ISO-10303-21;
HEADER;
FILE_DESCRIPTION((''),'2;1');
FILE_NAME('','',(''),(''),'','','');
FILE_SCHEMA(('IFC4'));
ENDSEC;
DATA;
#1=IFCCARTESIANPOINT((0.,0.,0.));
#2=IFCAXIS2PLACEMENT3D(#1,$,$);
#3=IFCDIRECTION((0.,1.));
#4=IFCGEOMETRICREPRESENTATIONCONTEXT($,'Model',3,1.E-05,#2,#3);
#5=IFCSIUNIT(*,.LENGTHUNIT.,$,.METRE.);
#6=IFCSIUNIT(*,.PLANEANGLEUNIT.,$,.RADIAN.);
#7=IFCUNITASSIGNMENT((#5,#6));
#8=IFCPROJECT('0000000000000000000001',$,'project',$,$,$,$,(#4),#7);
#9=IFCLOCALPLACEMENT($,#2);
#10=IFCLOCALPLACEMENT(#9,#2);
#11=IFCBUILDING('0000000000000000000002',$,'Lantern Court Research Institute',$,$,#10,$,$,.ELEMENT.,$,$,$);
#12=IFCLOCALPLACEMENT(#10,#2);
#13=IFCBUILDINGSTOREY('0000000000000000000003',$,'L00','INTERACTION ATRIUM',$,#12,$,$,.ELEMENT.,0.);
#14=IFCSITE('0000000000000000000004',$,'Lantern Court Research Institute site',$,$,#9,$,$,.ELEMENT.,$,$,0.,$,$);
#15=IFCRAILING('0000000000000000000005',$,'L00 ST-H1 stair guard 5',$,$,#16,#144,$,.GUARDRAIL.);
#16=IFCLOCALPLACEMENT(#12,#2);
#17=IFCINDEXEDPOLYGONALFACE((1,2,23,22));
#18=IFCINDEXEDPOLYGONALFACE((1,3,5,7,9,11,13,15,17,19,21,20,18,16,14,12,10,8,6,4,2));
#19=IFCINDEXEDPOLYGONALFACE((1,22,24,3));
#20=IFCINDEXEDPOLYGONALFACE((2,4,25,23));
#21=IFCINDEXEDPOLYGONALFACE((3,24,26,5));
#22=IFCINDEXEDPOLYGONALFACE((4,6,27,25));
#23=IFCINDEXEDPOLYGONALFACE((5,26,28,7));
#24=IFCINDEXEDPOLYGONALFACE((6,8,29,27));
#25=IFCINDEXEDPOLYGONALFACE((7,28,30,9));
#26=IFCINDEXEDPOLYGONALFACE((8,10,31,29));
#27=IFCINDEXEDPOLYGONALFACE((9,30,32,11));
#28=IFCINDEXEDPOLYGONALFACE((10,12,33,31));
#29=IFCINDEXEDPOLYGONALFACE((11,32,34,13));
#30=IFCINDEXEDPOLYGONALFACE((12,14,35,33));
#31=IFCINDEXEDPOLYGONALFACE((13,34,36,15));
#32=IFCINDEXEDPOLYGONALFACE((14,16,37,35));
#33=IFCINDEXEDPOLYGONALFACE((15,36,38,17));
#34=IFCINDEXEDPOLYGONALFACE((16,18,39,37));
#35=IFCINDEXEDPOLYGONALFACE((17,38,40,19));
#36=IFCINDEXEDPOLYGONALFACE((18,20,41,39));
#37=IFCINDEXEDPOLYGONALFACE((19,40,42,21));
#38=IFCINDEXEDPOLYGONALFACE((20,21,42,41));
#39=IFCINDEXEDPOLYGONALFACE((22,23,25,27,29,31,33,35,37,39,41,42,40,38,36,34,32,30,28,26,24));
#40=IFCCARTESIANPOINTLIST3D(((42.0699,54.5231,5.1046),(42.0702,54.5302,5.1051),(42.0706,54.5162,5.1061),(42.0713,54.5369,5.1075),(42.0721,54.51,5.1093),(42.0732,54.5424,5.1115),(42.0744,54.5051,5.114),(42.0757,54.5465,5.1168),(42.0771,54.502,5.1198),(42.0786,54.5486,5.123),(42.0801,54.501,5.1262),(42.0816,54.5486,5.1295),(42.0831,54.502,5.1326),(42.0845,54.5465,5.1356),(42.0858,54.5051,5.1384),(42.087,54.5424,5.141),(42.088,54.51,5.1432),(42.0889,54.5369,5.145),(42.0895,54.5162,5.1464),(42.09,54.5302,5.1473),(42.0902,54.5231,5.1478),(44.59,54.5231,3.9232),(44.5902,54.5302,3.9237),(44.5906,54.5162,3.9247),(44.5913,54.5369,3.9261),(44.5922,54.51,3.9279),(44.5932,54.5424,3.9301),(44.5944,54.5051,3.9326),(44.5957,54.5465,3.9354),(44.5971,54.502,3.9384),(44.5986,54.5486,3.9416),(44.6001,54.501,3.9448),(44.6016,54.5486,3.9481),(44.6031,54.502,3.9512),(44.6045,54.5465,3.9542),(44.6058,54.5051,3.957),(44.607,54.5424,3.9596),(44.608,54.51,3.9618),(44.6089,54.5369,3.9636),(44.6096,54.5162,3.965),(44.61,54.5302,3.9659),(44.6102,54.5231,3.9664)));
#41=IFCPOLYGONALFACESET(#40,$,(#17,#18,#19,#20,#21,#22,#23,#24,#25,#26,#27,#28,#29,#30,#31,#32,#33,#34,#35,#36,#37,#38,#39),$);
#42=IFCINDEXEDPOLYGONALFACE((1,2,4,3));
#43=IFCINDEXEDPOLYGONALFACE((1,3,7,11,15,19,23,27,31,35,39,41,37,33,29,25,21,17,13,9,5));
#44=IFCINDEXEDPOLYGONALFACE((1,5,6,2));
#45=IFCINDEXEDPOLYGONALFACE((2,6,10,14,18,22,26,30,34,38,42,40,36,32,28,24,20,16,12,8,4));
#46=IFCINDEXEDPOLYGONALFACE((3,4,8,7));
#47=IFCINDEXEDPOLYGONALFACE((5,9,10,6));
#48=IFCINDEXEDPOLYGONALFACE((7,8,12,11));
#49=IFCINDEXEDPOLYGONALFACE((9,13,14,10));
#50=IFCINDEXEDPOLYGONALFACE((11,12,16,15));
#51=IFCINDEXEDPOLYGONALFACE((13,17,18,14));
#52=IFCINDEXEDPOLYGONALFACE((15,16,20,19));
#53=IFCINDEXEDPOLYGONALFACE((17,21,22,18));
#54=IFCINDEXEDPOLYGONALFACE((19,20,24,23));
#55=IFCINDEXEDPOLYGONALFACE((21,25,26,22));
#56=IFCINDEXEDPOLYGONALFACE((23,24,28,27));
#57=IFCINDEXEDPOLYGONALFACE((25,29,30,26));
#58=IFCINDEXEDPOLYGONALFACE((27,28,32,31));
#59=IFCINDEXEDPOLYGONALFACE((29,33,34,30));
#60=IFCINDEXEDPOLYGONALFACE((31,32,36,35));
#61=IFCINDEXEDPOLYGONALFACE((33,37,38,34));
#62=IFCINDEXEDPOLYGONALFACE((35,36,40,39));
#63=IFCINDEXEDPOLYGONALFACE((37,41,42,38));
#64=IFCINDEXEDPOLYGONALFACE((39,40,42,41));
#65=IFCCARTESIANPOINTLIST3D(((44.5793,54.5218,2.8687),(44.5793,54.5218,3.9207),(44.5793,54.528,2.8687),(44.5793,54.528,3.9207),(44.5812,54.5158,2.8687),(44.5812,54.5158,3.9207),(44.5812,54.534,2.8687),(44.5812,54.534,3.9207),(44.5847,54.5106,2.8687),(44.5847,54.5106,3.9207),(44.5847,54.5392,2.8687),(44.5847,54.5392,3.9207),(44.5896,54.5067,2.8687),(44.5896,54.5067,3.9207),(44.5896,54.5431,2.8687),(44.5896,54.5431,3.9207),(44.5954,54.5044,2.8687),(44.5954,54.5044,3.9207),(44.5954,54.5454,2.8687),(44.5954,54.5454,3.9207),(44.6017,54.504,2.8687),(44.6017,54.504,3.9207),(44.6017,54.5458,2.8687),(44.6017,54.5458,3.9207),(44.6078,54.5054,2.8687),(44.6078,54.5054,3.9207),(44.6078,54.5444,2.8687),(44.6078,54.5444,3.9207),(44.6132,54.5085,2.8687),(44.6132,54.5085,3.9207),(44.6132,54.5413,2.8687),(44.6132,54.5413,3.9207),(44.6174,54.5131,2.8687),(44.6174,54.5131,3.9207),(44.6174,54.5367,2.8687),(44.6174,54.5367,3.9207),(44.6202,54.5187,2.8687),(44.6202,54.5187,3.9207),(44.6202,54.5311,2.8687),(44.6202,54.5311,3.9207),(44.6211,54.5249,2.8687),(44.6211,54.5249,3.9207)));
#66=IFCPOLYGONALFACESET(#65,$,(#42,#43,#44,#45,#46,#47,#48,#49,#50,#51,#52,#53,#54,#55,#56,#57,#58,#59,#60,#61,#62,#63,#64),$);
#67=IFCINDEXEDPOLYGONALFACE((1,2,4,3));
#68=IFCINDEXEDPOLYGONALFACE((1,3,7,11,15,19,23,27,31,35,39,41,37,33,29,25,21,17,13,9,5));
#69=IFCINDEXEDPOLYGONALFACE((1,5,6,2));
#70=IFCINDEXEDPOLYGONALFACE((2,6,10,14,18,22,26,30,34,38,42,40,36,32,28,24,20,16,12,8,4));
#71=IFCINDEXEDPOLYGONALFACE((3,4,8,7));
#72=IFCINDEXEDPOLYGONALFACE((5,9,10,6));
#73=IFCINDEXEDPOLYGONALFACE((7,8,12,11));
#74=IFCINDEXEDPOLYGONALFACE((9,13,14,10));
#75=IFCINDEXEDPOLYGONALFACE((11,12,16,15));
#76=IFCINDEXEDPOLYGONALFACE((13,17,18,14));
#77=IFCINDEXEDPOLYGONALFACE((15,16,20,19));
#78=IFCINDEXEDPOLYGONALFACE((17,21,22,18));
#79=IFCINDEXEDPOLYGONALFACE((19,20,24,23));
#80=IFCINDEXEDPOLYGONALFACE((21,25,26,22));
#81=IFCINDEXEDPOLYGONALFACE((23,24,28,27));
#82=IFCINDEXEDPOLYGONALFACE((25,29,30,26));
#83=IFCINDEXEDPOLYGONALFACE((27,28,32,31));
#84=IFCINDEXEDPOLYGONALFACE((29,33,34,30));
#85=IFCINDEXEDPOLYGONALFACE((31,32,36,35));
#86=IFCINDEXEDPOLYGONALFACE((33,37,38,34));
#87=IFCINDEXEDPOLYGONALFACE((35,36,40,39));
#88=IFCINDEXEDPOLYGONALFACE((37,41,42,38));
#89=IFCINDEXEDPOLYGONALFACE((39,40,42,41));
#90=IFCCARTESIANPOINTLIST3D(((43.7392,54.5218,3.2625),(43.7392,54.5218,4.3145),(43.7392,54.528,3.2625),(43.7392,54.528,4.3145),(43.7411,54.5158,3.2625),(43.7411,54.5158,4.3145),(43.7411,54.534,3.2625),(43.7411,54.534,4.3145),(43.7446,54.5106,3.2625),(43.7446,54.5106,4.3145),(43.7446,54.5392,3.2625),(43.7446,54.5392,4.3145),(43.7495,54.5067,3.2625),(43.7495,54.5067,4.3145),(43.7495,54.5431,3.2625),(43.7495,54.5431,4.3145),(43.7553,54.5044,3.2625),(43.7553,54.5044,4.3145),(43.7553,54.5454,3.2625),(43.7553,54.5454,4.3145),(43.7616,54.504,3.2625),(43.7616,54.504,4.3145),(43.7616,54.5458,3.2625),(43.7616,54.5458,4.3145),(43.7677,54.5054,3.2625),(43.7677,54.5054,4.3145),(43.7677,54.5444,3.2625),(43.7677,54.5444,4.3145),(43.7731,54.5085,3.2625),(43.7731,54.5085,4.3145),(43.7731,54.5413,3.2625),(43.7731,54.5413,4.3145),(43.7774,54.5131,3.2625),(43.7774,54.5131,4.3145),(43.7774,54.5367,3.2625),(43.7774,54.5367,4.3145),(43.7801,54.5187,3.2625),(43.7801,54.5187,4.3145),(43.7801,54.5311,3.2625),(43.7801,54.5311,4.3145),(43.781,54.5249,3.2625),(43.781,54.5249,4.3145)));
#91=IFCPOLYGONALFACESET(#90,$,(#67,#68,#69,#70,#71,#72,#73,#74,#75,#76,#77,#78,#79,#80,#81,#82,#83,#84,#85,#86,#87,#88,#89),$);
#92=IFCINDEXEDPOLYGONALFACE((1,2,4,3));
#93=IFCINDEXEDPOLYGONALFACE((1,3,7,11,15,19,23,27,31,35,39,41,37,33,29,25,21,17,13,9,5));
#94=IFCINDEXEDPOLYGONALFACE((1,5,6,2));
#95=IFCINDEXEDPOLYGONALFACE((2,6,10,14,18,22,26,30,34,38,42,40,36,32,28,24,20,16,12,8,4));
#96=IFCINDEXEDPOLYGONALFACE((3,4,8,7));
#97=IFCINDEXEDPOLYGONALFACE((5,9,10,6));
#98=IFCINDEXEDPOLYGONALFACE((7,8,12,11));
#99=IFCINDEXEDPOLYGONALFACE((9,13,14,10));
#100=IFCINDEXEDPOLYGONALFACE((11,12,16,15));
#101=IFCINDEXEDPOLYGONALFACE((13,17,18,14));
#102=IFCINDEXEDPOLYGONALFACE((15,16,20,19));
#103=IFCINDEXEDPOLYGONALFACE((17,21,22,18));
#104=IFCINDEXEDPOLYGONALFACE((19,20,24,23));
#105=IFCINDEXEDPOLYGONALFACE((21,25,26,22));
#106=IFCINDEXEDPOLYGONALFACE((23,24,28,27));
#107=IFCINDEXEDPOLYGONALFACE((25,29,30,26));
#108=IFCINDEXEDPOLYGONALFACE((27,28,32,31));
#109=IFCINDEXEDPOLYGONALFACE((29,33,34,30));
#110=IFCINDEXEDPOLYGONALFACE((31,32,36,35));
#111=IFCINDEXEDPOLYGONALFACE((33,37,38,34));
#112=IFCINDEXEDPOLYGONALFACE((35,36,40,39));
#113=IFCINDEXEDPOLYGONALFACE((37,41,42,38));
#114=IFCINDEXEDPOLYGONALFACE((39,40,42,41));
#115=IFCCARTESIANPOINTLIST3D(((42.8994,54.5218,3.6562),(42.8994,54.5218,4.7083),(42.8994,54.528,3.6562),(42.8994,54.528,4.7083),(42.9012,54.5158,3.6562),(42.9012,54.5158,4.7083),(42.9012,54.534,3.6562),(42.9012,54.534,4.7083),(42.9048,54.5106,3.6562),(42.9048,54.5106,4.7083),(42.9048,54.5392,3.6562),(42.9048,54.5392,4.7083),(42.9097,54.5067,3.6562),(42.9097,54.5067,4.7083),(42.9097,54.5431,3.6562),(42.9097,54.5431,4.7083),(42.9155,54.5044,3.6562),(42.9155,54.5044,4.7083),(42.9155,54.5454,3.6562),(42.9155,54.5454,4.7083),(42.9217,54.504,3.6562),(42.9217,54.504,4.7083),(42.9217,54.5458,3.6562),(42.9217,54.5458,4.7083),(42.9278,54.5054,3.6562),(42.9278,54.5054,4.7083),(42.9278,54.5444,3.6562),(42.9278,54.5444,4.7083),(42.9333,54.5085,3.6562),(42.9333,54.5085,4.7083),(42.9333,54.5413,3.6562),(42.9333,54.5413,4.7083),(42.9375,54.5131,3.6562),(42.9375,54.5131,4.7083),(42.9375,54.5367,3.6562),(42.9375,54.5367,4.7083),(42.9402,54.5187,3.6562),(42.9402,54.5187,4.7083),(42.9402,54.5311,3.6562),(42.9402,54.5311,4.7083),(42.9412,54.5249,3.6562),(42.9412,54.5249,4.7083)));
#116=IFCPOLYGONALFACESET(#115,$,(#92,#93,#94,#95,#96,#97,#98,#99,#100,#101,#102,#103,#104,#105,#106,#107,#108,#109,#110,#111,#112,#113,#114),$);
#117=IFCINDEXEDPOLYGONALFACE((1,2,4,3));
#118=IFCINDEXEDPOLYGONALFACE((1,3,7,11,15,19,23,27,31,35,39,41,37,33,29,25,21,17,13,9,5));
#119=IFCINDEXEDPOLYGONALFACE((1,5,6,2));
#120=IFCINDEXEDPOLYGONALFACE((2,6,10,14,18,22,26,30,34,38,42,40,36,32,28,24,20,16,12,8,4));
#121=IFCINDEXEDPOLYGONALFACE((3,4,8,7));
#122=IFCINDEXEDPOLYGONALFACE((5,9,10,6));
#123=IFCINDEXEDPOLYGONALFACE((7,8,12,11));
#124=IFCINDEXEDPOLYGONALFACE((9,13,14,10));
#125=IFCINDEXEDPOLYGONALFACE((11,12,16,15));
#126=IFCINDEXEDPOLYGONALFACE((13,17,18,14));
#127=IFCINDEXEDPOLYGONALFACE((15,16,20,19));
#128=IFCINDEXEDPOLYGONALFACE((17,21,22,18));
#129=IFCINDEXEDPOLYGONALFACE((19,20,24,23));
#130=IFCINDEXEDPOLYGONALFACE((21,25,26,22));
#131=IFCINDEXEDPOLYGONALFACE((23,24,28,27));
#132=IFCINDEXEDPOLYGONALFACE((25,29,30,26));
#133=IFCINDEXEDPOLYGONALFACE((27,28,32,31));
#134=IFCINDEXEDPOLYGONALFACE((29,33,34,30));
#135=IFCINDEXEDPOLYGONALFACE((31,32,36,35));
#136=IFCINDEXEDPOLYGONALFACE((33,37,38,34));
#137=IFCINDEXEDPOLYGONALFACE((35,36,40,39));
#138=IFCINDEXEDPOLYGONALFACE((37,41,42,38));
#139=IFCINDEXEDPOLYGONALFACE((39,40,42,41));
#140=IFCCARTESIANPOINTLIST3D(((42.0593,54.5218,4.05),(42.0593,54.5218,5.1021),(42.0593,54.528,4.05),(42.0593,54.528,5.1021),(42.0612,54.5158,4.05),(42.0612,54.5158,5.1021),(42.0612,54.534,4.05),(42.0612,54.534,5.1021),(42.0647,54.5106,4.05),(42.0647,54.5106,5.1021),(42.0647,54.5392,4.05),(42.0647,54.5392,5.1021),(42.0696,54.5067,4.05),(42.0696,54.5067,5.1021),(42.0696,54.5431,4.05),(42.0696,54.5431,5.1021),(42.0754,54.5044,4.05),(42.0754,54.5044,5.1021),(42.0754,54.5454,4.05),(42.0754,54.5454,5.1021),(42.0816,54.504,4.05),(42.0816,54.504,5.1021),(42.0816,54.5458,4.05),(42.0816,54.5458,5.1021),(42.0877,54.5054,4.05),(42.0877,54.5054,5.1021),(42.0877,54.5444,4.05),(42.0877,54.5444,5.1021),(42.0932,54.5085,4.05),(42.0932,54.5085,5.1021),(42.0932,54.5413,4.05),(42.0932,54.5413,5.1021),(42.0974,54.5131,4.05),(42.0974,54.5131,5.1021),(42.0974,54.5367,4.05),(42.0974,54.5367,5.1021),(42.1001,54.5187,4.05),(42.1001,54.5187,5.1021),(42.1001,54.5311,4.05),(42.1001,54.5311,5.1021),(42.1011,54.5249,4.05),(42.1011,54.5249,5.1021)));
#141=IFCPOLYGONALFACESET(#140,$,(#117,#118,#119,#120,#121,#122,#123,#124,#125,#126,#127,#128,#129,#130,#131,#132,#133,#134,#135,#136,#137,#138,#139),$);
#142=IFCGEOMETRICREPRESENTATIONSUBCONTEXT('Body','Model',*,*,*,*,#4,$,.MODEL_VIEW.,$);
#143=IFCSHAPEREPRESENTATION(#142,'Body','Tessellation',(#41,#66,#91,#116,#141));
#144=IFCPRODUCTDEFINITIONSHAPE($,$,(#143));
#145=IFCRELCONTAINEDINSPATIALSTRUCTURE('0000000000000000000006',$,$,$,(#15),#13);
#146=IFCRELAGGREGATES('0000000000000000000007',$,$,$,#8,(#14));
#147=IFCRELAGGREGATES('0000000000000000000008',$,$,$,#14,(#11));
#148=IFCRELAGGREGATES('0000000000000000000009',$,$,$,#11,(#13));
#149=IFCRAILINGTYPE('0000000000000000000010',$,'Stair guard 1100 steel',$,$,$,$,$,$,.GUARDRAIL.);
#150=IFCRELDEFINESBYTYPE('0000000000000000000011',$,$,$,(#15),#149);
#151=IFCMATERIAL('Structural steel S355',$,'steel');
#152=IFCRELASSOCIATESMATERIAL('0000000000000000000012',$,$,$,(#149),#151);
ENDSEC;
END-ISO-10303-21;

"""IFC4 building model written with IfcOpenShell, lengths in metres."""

from ifc_helpers import new_model, si_unit, direction, frame, origin, origin_2d, place, context, subcontext, project, spatial, circle, extrude, material, type_object, element, save


model = new_model("IFC4")

# Units and contexts
model_context = context("Model", 3, precision=1e-05, world=origin(), true_north=direction((0.0, 1.0)))
body_context = subcontext(model_context, "Body", "Model", "MODEL_VIEW")
ifc_project = project(units=[si_unit("LENGTHUNIT", "METRE"), si_unit("PLANEANGLEUNIT", "RADIAN")], contexts=[model_context])

# Site, building, storey
site_placement = place(None, origin())
site = spatial("IfcSite", under=ifc_project, at=site_placement, Name="Lantern Court Research Institute site", CompositionType="ELEMENT", RefElevation=0.0)
building_placement = place(site_placement, origin())
building = spatial("IfcBuilding", under=site, at=building_placement, Name="Lantern Court Research Institute", CompositionType="ELEMENT")
storey_placement = place(building_placement, origin())
storey = spatial("IfcBuildingStorey", under=building, at=storey_placement, Name="L00", Description="INTERACTION ATRIUM", CompositionType="ELEMENT", Elevation=0.0)

# Railing
ifc_material_1 = material(Name="Structural steel S355", Category="steel")
railing_type_1 = type_object("IfcRailingType", Name="Stair guard 1100 steel", PredefinedType="GUARDRAIL", material=ifc_material_1)
railing_1_placement = place(storey_placement, frame((44.6001, 54.5249, 2.8687)))
element("IfcRailing", 1, at=railing_1_placement, inside=storey, type_object=railing_type_1, Name="L00 ST-H1 stair guard 5", PredefinedType="GUARDRAIL", context=body_context, shape_type="SweptSolid", body=[
    extrude(circle(Radius=0.0239, at=origin_2d()), frame((0.0, 0.0, 1.0762), z_axis=(-0.90544, 0.0, 0.424474), x_axis=(0.0, -1.0, 0.0)), (0.0, 0.0, 1.0), 2.7832),
    extrude(circle(Radius=0.021, at=origin_2d()), origin(), (0.0, 0.0, 1.0), 1.052),
    extrude(circle(Radius=0.021, at=origin_2d()), frame((-0.8401, 0.0, 0.3938)), (0.0, 0.0, 1.0), 1.052),
    extrude(circle(Radius=0.021, at=origin_2d()), frame((-1.6799, 0.0, 0.7876)), (0.0, 0.0, 1.0), 1.052),
    extrude(circle(Radius=0.021, at=origin_2d()), frame((-2.52, 0.0, 1.1814)), (0.0, 0.0, 1.0), 1.052),
])

save(model, "model.ifc")
